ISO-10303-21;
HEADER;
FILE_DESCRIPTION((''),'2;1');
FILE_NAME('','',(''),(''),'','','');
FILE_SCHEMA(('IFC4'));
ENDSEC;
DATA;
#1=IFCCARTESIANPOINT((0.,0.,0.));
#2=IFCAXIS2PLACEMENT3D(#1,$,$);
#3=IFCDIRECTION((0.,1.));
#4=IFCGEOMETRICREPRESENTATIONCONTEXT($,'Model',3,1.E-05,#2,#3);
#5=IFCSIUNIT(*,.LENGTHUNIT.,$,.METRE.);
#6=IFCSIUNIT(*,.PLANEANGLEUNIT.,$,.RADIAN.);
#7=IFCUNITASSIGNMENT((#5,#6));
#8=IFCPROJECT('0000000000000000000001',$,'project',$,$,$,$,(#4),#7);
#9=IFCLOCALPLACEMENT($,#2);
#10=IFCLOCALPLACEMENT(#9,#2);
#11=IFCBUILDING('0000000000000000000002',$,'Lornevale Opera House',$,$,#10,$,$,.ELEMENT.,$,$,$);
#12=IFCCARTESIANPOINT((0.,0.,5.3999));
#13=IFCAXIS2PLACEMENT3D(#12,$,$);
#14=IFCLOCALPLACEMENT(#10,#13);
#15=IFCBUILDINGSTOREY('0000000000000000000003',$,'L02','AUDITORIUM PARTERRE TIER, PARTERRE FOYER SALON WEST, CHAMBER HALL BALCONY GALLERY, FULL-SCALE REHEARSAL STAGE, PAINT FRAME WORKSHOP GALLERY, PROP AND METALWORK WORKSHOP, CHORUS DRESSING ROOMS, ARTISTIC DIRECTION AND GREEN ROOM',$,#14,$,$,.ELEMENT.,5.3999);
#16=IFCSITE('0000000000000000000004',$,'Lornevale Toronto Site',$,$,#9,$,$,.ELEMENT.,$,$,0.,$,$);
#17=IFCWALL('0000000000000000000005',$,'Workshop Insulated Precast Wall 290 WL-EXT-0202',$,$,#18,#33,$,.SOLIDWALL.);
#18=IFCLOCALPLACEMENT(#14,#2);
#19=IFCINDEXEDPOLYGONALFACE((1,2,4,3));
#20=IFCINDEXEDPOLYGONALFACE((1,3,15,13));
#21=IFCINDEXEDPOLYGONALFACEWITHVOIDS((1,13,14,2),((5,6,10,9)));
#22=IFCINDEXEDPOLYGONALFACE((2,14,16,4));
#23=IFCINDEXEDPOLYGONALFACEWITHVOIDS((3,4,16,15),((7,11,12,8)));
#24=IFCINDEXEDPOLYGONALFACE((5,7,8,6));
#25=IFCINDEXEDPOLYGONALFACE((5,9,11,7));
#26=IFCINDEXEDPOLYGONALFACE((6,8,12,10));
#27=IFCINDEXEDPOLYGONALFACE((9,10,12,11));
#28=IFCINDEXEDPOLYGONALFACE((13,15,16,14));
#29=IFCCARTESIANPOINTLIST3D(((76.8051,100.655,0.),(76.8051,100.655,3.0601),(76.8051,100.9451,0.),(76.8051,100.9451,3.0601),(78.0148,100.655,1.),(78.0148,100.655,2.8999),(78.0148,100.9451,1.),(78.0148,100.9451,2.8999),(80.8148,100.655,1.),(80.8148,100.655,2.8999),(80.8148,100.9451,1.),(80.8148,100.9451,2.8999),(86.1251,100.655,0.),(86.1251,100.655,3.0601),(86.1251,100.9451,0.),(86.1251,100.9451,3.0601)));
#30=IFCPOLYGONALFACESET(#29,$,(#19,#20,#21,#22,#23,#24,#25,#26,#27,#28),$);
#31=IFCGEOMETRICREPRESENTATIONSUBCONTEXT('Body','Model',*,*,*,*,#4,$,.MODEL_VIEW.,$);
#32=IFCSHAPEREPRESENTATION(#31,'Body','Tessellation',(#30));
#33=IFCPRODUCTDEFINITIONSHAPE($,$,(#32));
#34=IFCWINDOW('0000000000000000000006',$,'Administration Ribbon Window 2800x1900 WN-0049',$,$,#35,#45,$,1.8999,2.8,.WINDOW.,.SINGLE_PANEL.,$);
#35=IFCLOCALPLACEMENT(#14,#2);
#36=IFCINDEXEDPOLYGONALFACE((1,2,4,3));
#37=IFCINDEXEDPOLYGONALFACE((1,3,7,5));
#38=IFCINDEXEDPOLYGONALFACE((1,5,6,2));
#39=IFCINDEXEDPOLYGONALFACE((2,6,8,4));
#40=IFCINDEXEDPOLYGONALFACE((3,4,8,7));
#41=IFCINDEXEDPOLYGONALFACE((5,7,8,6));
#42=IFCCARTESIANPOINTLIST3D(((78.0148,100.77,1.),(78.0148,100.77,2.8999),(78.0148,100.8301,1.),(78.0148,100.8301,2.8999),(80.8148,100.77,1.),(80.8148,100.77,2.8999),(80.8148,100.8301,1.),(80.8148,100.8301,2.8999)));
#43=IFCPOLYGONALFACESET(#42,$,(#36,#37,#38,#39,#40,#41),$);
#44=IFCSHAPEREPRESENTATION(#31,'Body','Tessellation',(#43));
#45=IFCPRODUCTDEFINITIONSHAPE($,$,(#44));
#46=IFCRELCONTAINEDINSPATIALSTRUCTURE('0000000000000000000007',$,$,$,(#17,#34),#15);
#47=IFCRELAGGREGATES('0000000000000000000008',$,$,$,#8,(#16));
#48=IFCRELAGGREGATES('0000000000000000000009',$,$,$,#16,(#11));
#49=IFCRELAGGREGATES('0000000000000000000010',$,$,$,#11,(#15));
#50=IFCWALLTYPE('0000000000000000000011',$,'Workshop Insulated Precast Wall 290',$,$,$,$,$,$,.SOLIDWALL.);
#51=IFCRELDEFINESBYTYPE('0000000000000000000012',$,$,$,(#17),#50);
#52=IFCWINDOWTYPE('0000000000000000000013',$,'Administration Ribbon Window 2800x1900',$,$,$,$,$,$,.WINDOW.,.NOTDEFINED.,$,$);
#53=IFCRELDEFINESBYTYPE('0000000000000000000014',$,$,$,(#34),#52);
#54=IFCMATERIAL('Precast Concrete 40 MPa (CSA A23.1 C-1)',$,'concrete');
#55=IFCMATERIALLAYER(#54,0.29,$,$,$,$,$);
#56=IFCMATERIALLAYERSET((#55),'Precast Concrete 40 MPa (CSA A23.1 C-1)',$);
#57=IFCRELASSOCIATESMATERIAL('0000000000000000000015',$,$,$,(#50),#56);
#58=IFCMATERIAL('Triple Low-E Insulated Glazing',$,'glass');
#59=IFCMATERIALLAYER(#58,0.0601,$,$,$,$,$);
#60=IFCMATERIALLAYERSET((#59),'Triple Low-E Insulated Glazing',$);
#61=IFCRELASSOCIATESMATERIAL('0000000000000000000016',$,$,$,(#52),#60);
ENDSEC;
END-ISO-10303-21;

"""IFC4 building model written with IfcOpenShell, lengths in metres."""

from ifc_helpers import new_model, si_unit, direction, frame, frame_2d, origin, place, context, subcontext, project, spatial, rectangle, extrude, material, layer, layer_set, type_object, element, fill, save


model = new_model("IFC4")

# Units and contexts
model_context = context("Model", 3, precision=1e-05, world=origin(), true_north=direction((0.0, 1.0)))
body_context = subcontext(model_context, "Body", "Model", "MODEL_VIEW")
ifc_project = project(units=[si_unit("LENGTHUNIT", "METRE"), si_unit("PLANEANGLEUNIT", "RADIAN")], contexts=[model_context])

# Site, building, storey
site_placement = place(None, origin())
site = spatial("IfcSite", under=ifc_project, at=site_placement, Name="Lornevale Toronto Site", CompositionType="ELEMENT", RefElevation=0.0)
building_placement = place(site_placement, origin())
building = spatial("IfcBuilding", under=site, at=building_placement, Name="Lornevale Opera House", CompositionType="ELEMENT")
storey_placement = place(building_placement, frame((0.0, 0.0, 5.3999)))
storey = spatial("IfcBuildingStorey", under=building, at=storey_placement, Name="L02", Description="AUDITORIUM PARTERRE TIER, PARTERRE FOYER SALON WEST, CHAMBER HALL BALCONY GALLERY, FULL-SCALE REHEARSAL STAGE, PAINT FRAME WORKSHOP GALLERY, PROP AND METALWORK WORKSHOP, CHORUS DRESSING ROOMS, ARTISTIC DIRECTION AND GREEN ROOM", CompositionType="ELEMENT", Elevation=5.3999)

# Wall, opening, window
ifc_material_1 = material(Name="Precast Concrete 40 MPa (CSA A23.1 C-1)", Category="concrete")
ifc_layer_1 = layer(ifc_material_1, 0.29)
ifc_layer_set_1 = layer_set([ifc_layer_1], Name="Precast Concrete 40 MPa (CSA A23.1 C-1)")
wall_type_1 = type_object("IfcWallType", Name="Workshop Insulated Precast Wall 290", PredefinedType="SOLIDWALL", material=ifc_layer_set_1)
ifc_material_2 = material(Name="Triple Low-E Insulated Glazing", Category="glass")
wall_1_placement = place(storey_placement, frame((76.8049, 100.8, 0.0), z_axis=(0.0, 0.0, 1.0), x_axis=(1.0, 0.0, 0.0)))
wall_1 = element("IfcWall", 1, at=wall_1_placement, inside=storey, type_object=wall_type_1, Name="Workshop Insulated Precast Wall 290 WL-EXT-0202", PredefinedType="SOLIDWALL", context=body_context, shape_type="SweptSolid", body=[
    extrude(rectangle(XDim=9.3201, YDim=0.29, at=frame_2d((4.6602, 0.0))), origin(), (0.0, 0.0, 1.0), 3.0601),
])
opening_1_placement = place(wall_1_placement, frame((1.21, 0.0, 1.0)))
opening_1 = element("IfcOpeningElement", 2, at=opening_1_placement, cuts=wall_1, PredefinedType="OPENING", context=body_context, shape_type="SweptSolid", body=[
    extrude(rectangle(XDim=2.8, YDim=1.8999, at=frame_2d((1.3999, 0.95))), frame((0.0, 0.155, 0.0), z_axis=(0.0, -1.0, 0.0), x_axis=(1.0, 0.0, 0.0)), (0.0, 0.0, 1.0), 0.3101),
])
ifc_layer_2 = layer(ifc_material_2, 0.0601)
ifc_layer_set_2 = layer_set([ifc_layer_2], Name="Triple Low-E Insulated Glazing")
window_type_1 = type_object("IfcWindowType", Name="Administration Ribbon Window 2800x1900", PartitioningType="NOTDEFINED", PredefinedType="WINDOW", material=ifc_layer_set_2)
window_1_placement = place(opening_1_placement, origin())
window_1 = element("IfcWindow", 3, at=window_1_placement, inside=storey, type_object=window_type_1, Name="Administration Ribbon Window 2800x1900 WN-0049", OverallHeight=1.8999, OverallWidth=2.8, PartitioningType="SINGLE_PANEL", PredefinedType="WINDOW", context=body_context, shape_type="SweptSolid", body=[
    extrude(rectangle(XDim=2.8, YDim=1.8999, at=frame_2d((1.3999, 0.95))), frame((0.0, 0.03, 0.0), z_axis=(0.0, -1.0, 0.0), x_axis=(1.0, 0.0, 0.0)), (0.0, 0.0, 1.0), 0.0601),
])
fill(opening_1, window_1)

save(model, "model.ifc")
